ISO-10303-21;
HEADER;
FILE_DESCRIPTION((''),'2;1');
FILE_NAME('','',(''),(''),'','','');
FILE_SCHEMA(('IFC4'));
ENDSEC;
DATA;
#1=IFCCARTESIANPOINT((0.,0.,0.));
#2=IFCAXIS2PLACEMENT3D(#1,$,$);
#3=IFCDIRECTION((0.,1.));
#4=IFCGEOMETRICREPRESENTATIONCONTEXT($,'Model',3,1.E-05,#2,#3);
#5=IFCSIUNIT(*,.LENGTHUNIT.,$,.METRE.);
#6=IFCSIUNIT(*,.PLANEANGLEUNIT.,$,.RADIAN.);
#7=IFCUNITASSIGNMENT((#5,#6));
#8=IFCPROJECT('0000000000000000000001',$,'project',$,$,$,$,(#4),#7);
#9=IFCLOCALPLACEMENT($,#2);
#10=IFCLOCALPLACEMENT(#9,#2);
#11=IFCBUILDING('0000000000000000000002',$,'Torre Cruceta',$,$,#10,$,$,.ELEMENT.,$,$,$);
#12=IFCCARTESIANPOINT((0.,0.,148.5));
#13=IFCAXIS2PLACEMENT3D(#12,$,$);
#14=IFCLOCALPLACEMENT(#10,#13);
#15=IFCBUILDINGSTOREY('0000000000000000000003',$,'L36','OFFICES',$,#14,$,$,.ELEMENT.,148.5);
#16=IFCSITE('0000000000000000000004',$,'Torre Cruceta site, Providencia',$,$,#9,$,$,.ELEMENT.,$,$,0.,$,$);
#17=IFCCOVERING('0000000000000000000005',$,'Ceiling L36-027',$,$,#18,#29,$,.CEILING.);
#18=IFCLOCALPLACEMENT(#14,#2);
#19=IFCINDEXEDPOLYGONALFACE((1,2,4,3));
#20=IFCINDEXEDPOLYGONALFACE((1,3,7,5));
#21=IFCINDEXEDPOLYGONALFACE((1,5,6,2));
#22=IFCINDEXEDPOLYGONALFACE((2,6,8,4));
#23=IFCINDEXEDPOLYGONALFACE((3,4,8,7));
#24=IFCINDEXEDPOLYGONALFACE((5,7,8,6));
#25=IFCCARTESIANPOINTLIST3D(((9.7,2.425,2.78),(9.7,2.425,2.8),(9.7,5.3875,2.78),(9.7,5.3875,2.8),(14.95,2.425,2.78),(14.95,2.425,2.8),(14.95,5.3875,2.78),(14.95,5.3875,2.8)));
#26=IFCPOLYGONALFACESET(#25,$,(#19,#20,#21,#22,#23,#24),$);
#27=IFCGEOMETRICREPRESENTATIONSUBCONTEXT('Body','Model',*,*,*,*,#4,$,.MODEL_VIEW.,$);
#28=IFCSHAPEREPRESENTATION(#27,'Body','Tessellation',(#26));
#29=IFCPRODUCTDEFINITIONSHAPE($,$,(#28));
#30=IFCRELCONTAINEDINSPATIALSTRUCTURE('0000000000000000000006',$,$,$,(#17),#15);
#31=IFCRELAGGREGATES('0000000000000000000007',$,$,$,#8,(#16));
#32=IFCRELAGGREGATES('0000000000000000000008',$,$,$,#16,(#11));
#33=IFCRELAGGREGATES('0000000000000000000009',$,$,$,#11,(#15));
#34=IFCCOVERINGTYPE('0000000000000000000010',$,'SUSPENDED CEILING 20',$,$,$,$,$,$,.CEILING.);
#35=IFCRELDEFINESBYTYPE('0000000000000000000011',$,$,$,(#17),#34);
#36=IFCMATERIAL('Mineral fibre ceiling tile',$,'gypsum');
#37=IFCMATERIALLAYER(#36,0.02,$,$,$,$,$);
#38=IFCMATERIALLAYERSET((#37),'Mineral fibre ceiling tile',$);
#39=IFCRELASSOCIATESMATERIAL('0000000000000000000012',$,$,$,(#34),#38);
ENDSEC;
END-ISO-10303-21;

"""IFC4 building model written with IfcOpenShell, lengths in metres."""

from ifc_helpers import new_model, si_unit, direction, frame, origin, place, context, subcontext, project, spatial, polyline, outline, extrude, material, layer, layer_set, type_object, element, save


model = new_model("IFC4")

# Units and contexts
model_context = context("Model", 3, precision=1e-05, world=origin(), true_north=direction((0.0, 1.0)))
body_context = subcontext(model_context, "Body", "Model", "MODEL_VIEW")
ifc_project = project(units=[si_unit("LENGTHUNIT", "METRE"), si_unit("PLANEANGLEUNIT", "RADIAN")], contexts=[model_context])

# Site, building, storey
site_placement = place(None, origin())
site = spatial("IfcSite", under=ifc_project, at=site_placement, Name="Torre Cruceta site, Providencia", CompositionType="ELEMENT", RefElevation=0.0)
building_placement = place(site_placement, origin())
building = spatial("IfcBuilding", under=site, at=building_placement, Name="Torre Cruceta", CompositionType="ELEMENT")
storey_placement = place(building_placement, frame((0.0, 0.0, 148.5)))
storey = spatial("IfcBuildingStorey", under=building, at=storey_placement, Name="L36", Description="OFFICES", CompositionType="ELEMENT", Elevation=148.5)

# Covering
ifc_material_1 = material(Name="Mineral fibre ceiling tile", Category="gypsum")
ifc_layer_1 = layer(ifc_material_1, 0.02)
ifc_layer_set_1 = layer_set([ifc_layer_1], Name="Mineral fibre ceiling tile")
covering_type_1 = type_object("IfcCoveringType", Name="SUSPENDED CEILING 20", PredefinedType="CEILING", material=ifc_layer_set_1)
covering_1_placement = place(storey_placement, frame((0.0, 0.0, 2.78)))
element("IfcCovering", 1, at=covering_1_placement, inside=storey, type_object=covering_type_1, Name="Ceiling L36-027", PredefinedType="CEILING", context=body_context, shape_type="SweptSolid", body=[
    extrude(outline(polyline([(9.7, 2.425), (9.7, 5.3875), (14.95, 5.3875), (14.95, 2.425), (9.7, 2.425)])), origin(), (0.0, 0.0, 1.0), 0.02),
])

save(model, "model.ifc")
